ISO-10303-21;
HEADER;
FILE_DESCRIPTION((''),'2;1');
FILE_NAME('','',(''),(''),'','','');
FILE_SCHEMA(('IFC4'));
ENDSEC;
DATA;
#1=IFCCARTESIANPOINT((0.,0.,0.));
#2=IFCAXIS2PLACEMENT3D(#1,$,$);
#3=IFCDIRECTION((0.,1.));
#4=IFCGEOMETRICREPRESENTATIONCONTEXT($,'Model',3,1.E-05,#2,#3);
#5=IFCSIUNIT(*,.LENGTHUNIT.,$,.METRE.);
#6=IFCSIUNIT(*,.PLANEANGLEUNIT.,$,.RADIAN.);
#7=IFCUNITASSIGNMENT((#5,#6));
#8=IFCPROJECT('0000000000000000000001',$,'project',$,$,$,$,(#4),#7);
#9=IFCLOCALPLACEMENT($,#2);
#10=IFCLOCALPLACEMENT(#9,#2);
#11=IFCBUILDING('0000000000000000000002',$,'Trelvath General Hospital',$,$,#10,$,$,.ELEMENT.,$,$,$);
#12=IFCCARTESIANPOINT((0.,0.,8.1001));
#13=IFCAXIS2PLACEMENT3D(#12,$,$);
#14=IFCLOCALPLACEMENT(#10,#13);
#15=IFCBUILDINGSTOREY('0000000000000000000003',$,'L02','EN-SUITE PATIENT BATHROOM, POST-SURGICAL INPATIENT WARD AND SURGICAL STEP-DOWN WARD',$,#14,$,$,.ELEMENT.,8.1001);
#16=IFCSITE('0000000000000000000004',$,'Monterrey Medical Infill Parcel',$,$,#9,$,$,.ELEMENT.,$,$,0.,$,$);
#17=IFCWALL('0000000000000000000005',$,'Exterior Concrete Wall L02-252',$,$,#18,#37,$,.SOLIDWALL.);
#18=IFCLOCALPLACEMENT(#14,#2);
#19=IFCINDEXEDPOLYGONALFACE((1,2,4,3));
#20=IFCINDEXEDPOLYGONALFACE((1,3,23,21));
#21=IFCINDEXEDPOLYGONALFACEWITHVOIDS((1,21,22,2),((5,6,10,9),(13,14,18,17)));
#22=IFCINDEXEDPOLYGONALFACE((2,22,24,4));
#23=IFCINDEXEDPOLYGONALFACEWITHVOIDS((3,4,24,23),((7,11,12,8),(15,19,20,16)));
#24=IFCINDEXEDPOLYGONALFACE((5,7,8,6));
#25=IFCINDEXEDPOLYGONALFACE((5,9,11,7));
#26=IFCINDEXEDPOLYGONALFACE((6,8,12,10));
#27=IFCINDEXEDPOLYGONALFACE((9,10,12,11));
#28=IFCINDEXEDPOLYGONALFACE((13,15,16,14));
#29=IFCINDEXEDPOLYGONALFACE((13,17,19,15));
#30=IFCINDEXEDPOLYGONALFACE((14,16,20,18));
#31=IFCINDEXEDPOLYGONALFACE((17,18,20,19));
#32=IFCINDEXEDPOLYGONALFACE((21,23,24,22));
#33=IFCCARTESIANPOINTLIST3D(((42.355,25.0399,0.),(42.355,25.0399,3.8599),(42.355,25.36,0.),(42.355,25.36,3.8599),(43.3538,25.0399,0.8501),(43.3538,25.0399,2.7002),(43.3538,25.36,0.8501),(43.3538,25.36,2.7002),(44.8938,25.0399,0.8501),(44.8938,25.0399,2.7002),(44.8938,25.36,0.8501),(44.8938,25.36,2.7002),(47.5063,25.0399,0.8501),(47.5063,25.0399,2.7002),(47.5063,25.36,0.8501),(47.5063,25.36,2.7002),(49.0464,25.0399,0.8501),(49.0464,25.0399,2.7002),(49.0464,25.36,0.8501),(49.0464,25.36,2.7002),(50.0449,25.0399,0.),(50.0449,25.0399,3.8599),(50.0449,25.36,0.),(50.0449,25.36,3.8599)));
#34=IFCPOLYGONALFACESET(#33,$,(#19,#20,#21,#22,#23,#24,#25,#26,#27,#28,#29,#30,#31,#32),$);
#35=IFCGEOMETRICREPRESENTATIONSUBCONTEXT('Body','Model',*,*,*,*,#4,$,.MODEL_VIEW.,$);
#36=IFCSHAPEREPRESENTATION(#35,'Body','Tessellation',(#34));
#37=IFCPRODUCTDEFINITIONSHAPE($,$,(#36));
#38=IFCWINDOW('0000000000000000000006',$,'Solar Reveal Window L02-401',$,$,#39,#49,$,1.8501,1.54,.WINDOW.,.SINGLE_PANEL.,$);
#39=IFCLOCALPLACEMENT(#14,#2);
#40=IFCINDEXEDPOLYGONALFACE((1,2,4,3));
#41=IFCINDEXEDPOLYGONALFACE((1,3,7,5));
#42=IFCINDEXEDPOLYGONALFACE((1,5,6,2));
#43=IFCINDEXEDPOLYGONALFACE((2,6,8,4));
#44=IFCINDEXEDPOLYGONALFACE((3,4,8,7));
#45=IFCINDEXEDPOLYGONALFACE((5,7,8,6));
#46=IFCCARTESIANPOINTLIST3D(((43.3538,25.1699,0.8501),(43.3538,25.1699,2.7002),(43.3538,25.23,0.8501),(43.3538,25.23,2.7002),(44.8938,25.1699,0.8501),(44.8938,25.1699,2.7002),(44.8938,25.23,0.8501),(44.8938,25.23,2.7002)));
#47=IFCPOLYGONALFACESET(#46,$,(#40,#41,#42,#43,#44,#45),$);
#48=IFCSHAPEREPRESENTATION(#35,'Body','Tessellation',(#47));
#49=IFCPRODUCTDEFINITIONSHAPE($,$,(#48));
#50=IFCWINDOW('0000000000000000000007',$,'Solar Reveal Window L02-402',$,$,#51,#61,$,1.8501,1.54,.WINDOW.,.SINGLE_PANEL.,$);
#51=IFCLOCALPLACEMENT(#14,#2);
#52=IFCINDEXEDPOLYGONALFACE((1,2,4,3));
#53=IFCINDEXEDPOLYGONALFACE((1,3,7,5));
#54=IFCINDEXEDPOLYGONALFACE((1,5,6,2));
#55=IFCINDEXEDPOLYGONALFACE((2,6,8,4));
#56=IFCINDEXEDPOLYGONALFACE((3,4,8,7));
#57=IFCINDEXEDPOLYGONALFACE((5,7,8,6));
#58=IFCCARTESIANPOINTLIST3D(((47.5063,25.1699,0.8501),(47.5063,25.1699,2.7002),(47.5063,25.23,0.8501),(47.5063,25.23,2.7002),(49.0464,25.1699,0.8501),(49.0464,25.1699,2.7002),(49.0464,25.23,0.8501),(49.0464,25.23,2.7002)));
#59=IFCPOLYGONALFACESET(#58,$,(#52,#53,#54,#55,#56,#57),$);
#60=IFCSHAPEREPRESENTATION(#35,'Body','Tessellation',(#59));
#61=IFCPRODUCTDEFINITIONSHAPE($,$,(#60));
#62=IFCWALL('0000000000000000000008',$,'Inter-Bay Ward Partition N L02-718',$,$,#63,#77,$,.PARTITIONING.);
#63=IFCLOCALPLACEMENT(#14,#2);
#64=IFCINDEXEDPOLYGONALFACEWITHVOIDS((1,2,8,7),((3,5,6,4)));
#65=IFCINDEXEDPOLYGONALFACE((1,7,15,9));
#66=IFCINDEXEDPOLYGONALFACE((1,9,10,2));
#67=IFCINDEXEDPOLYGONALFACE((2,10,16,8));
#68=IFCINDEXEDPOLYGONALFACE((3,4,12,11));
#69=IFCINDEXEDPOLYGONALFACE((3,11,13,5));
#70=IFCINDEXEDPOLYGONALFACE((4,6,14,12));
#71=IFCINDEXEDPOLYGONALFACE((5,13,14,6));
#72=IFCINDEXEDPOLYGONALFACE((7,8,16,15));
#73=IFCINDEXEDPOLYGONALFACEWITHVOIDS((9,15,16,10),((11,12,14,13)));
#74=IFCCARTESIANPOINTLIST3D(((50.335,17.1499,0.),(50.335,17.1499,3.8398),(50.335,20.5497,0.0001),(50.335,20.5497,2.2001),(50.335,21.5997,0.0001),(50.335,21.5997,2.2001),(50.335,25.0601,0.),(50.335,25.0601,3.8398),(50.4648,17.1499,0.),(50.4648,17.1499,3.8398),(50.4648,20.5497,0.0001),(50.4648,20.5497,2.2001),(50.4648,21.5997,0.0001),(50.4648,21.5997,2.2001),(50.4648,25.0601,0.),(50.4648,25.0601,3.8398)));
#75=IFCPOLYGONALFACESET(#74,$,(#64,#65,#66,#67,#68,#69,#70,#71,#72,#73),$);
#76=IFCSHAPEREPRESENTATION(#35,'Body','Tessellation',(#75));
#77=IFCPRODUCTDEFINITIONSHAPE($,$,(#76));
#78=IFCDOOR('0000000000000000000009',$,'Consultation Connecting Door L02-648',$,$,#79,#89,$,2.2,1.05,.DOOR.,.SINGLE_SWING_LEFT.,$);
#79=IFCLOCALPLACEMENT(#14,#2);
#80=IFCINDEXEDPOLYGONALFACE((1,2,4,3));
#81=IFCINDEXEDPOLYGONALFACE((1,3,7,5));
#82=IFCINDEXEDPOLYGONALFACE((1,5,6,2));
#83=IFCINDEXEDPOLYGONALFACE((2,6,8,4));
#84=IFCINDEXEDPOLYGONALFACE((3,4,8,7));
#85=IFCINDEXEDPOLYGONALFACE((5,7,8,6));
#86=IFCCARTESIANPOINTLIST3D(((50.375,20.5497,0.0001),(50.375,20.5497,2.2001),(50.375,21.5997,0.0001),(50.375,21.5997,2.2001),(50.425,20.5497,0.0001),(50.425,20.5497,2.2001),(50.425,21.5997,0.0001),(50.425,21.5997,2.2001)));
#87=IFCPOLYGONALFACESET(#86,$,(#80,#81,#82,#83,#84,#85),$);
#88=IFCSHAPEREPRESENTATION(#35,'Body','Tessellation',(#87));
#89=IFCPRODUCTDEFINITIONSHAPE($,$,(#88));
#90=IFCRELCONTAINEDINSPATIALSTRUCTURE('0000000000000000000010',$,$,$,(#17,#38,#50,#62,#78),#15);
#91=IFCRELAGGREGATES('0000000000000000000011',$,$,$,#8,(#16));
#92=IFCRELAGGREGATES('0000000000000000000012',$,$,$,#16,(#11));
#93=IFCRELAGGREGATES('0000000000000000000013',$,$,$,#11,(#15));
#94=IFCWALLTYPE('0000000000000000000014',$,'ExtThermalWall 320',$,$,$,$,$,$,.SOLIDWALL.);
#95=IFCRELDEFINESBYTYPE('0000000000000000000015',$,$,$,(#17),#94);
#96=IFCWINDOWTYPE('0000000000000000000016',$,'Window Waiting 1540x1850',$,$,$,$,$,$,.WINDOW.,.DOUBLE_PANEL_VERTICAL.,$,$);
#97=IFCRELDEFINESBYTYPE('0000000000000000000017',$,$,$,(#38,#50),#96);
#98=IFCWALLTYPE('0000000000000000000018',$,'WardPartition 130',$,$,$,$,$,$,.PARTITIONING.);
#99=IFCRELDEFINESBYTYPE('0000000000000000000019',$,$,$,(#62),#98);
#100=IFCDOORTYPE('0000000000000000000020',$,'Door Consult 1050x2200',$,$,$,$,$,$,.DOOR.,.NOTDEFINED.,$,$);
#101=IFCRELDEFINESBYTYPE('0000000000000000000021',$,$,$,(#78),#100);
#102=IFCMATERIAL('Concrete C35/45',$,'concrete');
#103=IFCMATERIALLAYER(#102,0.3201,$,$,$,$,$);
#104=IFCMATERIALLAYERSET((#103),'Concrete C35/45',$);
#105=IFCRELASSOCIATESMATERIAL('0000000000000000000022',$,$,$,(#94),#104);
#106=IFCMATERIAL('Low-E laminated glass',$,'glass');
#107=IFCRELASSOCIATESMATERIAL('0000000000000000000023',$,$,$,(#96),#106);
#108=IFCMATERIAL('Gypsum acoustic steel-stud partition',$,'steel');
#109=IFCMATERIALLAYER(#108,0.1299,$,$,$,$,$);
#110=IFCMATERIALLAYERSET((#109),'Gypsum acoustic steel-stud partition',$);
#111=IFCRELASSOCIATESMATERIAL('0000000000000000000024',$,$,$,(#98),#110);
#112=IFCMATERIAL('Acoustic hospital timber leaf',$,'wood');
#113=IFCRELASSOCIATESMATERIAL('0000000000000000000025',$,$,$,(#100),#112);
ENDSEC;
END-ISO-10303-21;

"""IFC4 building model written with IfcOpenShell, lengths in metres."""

from ifc_helpers import new_model, si_unit, direction, frame, frame_2d, origin, place, context, subcontext, project, spatial, rectangle, extrude, material, layer, layer_set, type_object, element, fill, save


model = new_model("IFC4")

# Units and contexts
model_context = context("Model", 3, precision=1e-05, world=origin(), true_north=direction((0.0, 1.0)))
body_context = subcontext(model_context, "Body", "Model", "MODEL_VIEW")
ifc_project = project(units=[si_unit("LENGTHUNIT", "METRE"), si_unit("PLANEANGLEUNIT", "RADIAN")], contexts=[model_context])

# Site, building, storey
site_placement = place(None, origin())
site = spatial("IfcSite", under=ifc_project, at=site_placement, Name="Monterrey Medical Infill Parcel", CompositionType="ELEMENT", RefElevation=0.0)
building_placement = place(site_placement, origin())
building = spatial("IfcBuilding", under=site, at=building_placement, Name="Trelvath General Hospital", CompositionType="ELEMENT")
storey_placement = place(building_placement, frame((0.0, 0.0, 8.1001)))
storey = spatial("IfcBuildingStorey", under=building, at=storey_placement, Name="L02", Description="EN-SUITE PATIENT BATHROOM, POST-SURGICAL INPATIENT WARD AND SURGICAL STEP-DOWN WARD", CompositionType="ELEMENT", Elevation=8.1001)

# Wall, openings, windows
ifc_material_1 = material(Name="Concrete C35/45", Category="concrete")
ifc_layer_1 = layer(ifc_material_1, 0.3201)
ifc_layer_set_1 = layer_set([ifc_layer_1], Name="Concrete C35/45")
wall_type_1 = type_object("IfcWallType", Name="ExtThermalWall 320", PredefinedType="SOLIDWALL", material=ifc_layer_set_1)
wall_1_placement = place(storey_placement, frame((42.355, 25.2, 0.0), z_axis=(0.0, 0.0, 1.0), x_axis=(1.0, 0.0, 0.0)))
wall_1 = element("IfcWall", 1, at=wall_1_placement, inside=storey, type_object=wall_type_1, Name="Exterior Concrete Wall L02-252", PredefinedType="SOLIDWALL", context=body_context, shape_type="SweptSolid", body=[
    extrude(rectangle(XDim=7.6899, YDim=0.3201, at=frame_2d((3.845, 0.0))), origin(), (0.0, 0.0, 1.0), 3.8599),
])
opening_1_placement = place(wall_1_placement, frame((0.9988, 0.0, 0.8501)))
opening_1 = element("IfcOpeningElement", 2, at=opening_1_placement, cuts=wall_1, PredefinedType="OPENING", context=body_context, shape_type="SweptSolid", body=[
    extrude(rectangle(XDim=1.54, YDim=1.8501, at=frame_2d((0.77, 0.925))), frame((0.0, 0.1699, 0.0), z_axis=(0.0, -1.0, 0.0), x_axis=(1.0, 0.0, 0.0)), (0.0, 0.0, 1.0), 0.3401),
])
opening_2_placement = place(wall_1_placement, frame((5.1514, 0.0, 0.8501)))
opening_2 = element("IfcOpeningElement", 3, at=opening_2_placement, cuts=wall_1, PredefinedType="OPENING", context=body_context, shape_type="SweptSolid", body=[
    extrude(rectangle(XDim=1.54, YDim=1.8501, at=frame_2d((0.77, 0.925))), frame((0.0, 0.1699, 0.0), z_axis=(0.0, -1.0, 0.0), x_axis=(1.0, 0.0, 0.0)), (0.0, 0.0, 1.0), 0.3401),
])
ifc_material_2 = material(Name="Low-E laminated glass", Category="glass")
window_type = type_object("IfcWindowType", Name="Window Waiting 1540x1850", PartitioningType="DOUBLE_PANEL_VERTICAL", PredefinedType="WINDOW", material=ifc_material_2)
window_1_placement = place(opening_1_placement, origin())
window_1 = element("IfcWindow", 4, at=window_1_placement, inside=storey, type_object=window_type, Name="Solar Reveal Window L02-401", OverallHeight=1.8501, OverallWidth=1.54, PartitioningType="SINGLE_PANEL", PredefinedType="WINDOW", context=body_context, shape_type="SweptSolid", body=[
    extrude(rectangle(XDim=1.54, YDim=1.8501, at=frame_2d((0.77, 0.925))), frame((0.0, 0.03, 0.0), z_axis=(0.0, -1.0, 0.0), x_axis=(1.0, 0.0, 0.0)), (0.0, 0.0, 1.0), 0.0601),
])
fill(opening_1, window_1)
window_2_placement = place(opening_2_placement, origin())
window_2 = element("IfcWindow", 5, at=window_2_placement, inside=storey, type_object=window_type, Name="Solar Reveal Window L02-402", OverallHeight=1.8501, OverallWidth=1.54, PartitioningType="SINGLE_PANEL", PredefinedType="WINDOW", context=body_context, shape_type="SweptSolid", body=[
    extrude(rectangle(XDim=1.54, YDim=1.8501, at=frame_2d((0.77, 0.925))), frame((0.0, 0.03, 0.0), z_axis=(0.0, -1.0, 0.0), x_axis=(1.0, 0.0, 0.0)), (0.0, 0.0, 1.0), 0.0601),
])
fill(opening_2, window_2)

# Wall, opening, door
ifc_material_3 = material(Name="Gypsum acoustic steel-stud partition", Category="steel")
ifc_layer_2 = layer(ifc_material_3, 0.1299)
ifc_layer_set_2 = layer_set([ifc_layer_2], Name="Gypsum acoustic steel-stud partition")
wall_type_2 = type_object("IfcWallType", Name="WardPartition 130", PredefinedType="PARTITIONING", material=ifc_layer_set_2)
wall_2_placement = place(storey_placement, frame((50.3999, 17.1499, 0.0), z_axis=(0.0, 0.0, 1.0), x_axis=(0.0, 1.0, 0.0)))
wall_2 = element("IfcWall", 6, at=wall_2_placement, inside=storey, type_object=wall_type_2, Name="Inter-Bay Ward Partition N L02-718", PredefinedType="PARTITIONING", context=body_context, shape_type="SweptSolid", body=[
    extrude(rectangle(XDim=7.9102, YDim=0.1299, at=frame_2d((3.9551, 0.0))), origin(), (0.0, 0.0, 1.0), 3.8398),
])
opening_3_placement = place(wall_2_placement, frame((3.3999, 0.0, 0.0)))
opening_3 = element("IfcOpeningElement", 7, at=opening_3_placement, cuts=wall_2, PredefinedType="OPENING", context=body_context, shape_type="SweptSolid", body=[
    extrude(rectangle(XDim=1.05, YDim=2.2, at=frame_2d((0.5249, 1.1001))), frame((0.0, 0.075, 0.0), z_axis=(0.0, -1.0, 0.0), x_axis=(1.0, 0.0, 0.0)), (0.0, 0.0, 1.0), 0.1499),
])
ifc_material_4 = material(Name="Acoustic hospital timber leaf", Category="wood")
door_type_1 = type_object("IfcDoorType", Name="Door Consult 1050x2200", OperationType="NOTDEFINED", PredefinedType="DOOR", material=ifc_material_4)
door_1_placement = place(opening_3_placement, origin())
door_1 = element("IfcDoor", 8, at=door_1_placement, inside=storey, type_object=door_type_1, Name="Consultation Connecting Door L02-648", OperationType="SINGLE_SWING_LEFT", OverallHeight=2.2, OverallWidth=1.05, PredefinedType="DOOR", context=body_context, shape_type="SweptSolid", body=[
    extrude(rectangle(XDim=1.05, YDim=2.2, at=frame_2d((0.5249, 1.1001))), frame((0.0, 0.0249, 0.0), z_axis=(0.0, -1.0, 0.0), x_axis=(1.0, 0.0, 0.0)), (0.0, 0.0, 1.0), 0.05),
])
fill(opening_3, door_1)

save(model, "model.ifc")
